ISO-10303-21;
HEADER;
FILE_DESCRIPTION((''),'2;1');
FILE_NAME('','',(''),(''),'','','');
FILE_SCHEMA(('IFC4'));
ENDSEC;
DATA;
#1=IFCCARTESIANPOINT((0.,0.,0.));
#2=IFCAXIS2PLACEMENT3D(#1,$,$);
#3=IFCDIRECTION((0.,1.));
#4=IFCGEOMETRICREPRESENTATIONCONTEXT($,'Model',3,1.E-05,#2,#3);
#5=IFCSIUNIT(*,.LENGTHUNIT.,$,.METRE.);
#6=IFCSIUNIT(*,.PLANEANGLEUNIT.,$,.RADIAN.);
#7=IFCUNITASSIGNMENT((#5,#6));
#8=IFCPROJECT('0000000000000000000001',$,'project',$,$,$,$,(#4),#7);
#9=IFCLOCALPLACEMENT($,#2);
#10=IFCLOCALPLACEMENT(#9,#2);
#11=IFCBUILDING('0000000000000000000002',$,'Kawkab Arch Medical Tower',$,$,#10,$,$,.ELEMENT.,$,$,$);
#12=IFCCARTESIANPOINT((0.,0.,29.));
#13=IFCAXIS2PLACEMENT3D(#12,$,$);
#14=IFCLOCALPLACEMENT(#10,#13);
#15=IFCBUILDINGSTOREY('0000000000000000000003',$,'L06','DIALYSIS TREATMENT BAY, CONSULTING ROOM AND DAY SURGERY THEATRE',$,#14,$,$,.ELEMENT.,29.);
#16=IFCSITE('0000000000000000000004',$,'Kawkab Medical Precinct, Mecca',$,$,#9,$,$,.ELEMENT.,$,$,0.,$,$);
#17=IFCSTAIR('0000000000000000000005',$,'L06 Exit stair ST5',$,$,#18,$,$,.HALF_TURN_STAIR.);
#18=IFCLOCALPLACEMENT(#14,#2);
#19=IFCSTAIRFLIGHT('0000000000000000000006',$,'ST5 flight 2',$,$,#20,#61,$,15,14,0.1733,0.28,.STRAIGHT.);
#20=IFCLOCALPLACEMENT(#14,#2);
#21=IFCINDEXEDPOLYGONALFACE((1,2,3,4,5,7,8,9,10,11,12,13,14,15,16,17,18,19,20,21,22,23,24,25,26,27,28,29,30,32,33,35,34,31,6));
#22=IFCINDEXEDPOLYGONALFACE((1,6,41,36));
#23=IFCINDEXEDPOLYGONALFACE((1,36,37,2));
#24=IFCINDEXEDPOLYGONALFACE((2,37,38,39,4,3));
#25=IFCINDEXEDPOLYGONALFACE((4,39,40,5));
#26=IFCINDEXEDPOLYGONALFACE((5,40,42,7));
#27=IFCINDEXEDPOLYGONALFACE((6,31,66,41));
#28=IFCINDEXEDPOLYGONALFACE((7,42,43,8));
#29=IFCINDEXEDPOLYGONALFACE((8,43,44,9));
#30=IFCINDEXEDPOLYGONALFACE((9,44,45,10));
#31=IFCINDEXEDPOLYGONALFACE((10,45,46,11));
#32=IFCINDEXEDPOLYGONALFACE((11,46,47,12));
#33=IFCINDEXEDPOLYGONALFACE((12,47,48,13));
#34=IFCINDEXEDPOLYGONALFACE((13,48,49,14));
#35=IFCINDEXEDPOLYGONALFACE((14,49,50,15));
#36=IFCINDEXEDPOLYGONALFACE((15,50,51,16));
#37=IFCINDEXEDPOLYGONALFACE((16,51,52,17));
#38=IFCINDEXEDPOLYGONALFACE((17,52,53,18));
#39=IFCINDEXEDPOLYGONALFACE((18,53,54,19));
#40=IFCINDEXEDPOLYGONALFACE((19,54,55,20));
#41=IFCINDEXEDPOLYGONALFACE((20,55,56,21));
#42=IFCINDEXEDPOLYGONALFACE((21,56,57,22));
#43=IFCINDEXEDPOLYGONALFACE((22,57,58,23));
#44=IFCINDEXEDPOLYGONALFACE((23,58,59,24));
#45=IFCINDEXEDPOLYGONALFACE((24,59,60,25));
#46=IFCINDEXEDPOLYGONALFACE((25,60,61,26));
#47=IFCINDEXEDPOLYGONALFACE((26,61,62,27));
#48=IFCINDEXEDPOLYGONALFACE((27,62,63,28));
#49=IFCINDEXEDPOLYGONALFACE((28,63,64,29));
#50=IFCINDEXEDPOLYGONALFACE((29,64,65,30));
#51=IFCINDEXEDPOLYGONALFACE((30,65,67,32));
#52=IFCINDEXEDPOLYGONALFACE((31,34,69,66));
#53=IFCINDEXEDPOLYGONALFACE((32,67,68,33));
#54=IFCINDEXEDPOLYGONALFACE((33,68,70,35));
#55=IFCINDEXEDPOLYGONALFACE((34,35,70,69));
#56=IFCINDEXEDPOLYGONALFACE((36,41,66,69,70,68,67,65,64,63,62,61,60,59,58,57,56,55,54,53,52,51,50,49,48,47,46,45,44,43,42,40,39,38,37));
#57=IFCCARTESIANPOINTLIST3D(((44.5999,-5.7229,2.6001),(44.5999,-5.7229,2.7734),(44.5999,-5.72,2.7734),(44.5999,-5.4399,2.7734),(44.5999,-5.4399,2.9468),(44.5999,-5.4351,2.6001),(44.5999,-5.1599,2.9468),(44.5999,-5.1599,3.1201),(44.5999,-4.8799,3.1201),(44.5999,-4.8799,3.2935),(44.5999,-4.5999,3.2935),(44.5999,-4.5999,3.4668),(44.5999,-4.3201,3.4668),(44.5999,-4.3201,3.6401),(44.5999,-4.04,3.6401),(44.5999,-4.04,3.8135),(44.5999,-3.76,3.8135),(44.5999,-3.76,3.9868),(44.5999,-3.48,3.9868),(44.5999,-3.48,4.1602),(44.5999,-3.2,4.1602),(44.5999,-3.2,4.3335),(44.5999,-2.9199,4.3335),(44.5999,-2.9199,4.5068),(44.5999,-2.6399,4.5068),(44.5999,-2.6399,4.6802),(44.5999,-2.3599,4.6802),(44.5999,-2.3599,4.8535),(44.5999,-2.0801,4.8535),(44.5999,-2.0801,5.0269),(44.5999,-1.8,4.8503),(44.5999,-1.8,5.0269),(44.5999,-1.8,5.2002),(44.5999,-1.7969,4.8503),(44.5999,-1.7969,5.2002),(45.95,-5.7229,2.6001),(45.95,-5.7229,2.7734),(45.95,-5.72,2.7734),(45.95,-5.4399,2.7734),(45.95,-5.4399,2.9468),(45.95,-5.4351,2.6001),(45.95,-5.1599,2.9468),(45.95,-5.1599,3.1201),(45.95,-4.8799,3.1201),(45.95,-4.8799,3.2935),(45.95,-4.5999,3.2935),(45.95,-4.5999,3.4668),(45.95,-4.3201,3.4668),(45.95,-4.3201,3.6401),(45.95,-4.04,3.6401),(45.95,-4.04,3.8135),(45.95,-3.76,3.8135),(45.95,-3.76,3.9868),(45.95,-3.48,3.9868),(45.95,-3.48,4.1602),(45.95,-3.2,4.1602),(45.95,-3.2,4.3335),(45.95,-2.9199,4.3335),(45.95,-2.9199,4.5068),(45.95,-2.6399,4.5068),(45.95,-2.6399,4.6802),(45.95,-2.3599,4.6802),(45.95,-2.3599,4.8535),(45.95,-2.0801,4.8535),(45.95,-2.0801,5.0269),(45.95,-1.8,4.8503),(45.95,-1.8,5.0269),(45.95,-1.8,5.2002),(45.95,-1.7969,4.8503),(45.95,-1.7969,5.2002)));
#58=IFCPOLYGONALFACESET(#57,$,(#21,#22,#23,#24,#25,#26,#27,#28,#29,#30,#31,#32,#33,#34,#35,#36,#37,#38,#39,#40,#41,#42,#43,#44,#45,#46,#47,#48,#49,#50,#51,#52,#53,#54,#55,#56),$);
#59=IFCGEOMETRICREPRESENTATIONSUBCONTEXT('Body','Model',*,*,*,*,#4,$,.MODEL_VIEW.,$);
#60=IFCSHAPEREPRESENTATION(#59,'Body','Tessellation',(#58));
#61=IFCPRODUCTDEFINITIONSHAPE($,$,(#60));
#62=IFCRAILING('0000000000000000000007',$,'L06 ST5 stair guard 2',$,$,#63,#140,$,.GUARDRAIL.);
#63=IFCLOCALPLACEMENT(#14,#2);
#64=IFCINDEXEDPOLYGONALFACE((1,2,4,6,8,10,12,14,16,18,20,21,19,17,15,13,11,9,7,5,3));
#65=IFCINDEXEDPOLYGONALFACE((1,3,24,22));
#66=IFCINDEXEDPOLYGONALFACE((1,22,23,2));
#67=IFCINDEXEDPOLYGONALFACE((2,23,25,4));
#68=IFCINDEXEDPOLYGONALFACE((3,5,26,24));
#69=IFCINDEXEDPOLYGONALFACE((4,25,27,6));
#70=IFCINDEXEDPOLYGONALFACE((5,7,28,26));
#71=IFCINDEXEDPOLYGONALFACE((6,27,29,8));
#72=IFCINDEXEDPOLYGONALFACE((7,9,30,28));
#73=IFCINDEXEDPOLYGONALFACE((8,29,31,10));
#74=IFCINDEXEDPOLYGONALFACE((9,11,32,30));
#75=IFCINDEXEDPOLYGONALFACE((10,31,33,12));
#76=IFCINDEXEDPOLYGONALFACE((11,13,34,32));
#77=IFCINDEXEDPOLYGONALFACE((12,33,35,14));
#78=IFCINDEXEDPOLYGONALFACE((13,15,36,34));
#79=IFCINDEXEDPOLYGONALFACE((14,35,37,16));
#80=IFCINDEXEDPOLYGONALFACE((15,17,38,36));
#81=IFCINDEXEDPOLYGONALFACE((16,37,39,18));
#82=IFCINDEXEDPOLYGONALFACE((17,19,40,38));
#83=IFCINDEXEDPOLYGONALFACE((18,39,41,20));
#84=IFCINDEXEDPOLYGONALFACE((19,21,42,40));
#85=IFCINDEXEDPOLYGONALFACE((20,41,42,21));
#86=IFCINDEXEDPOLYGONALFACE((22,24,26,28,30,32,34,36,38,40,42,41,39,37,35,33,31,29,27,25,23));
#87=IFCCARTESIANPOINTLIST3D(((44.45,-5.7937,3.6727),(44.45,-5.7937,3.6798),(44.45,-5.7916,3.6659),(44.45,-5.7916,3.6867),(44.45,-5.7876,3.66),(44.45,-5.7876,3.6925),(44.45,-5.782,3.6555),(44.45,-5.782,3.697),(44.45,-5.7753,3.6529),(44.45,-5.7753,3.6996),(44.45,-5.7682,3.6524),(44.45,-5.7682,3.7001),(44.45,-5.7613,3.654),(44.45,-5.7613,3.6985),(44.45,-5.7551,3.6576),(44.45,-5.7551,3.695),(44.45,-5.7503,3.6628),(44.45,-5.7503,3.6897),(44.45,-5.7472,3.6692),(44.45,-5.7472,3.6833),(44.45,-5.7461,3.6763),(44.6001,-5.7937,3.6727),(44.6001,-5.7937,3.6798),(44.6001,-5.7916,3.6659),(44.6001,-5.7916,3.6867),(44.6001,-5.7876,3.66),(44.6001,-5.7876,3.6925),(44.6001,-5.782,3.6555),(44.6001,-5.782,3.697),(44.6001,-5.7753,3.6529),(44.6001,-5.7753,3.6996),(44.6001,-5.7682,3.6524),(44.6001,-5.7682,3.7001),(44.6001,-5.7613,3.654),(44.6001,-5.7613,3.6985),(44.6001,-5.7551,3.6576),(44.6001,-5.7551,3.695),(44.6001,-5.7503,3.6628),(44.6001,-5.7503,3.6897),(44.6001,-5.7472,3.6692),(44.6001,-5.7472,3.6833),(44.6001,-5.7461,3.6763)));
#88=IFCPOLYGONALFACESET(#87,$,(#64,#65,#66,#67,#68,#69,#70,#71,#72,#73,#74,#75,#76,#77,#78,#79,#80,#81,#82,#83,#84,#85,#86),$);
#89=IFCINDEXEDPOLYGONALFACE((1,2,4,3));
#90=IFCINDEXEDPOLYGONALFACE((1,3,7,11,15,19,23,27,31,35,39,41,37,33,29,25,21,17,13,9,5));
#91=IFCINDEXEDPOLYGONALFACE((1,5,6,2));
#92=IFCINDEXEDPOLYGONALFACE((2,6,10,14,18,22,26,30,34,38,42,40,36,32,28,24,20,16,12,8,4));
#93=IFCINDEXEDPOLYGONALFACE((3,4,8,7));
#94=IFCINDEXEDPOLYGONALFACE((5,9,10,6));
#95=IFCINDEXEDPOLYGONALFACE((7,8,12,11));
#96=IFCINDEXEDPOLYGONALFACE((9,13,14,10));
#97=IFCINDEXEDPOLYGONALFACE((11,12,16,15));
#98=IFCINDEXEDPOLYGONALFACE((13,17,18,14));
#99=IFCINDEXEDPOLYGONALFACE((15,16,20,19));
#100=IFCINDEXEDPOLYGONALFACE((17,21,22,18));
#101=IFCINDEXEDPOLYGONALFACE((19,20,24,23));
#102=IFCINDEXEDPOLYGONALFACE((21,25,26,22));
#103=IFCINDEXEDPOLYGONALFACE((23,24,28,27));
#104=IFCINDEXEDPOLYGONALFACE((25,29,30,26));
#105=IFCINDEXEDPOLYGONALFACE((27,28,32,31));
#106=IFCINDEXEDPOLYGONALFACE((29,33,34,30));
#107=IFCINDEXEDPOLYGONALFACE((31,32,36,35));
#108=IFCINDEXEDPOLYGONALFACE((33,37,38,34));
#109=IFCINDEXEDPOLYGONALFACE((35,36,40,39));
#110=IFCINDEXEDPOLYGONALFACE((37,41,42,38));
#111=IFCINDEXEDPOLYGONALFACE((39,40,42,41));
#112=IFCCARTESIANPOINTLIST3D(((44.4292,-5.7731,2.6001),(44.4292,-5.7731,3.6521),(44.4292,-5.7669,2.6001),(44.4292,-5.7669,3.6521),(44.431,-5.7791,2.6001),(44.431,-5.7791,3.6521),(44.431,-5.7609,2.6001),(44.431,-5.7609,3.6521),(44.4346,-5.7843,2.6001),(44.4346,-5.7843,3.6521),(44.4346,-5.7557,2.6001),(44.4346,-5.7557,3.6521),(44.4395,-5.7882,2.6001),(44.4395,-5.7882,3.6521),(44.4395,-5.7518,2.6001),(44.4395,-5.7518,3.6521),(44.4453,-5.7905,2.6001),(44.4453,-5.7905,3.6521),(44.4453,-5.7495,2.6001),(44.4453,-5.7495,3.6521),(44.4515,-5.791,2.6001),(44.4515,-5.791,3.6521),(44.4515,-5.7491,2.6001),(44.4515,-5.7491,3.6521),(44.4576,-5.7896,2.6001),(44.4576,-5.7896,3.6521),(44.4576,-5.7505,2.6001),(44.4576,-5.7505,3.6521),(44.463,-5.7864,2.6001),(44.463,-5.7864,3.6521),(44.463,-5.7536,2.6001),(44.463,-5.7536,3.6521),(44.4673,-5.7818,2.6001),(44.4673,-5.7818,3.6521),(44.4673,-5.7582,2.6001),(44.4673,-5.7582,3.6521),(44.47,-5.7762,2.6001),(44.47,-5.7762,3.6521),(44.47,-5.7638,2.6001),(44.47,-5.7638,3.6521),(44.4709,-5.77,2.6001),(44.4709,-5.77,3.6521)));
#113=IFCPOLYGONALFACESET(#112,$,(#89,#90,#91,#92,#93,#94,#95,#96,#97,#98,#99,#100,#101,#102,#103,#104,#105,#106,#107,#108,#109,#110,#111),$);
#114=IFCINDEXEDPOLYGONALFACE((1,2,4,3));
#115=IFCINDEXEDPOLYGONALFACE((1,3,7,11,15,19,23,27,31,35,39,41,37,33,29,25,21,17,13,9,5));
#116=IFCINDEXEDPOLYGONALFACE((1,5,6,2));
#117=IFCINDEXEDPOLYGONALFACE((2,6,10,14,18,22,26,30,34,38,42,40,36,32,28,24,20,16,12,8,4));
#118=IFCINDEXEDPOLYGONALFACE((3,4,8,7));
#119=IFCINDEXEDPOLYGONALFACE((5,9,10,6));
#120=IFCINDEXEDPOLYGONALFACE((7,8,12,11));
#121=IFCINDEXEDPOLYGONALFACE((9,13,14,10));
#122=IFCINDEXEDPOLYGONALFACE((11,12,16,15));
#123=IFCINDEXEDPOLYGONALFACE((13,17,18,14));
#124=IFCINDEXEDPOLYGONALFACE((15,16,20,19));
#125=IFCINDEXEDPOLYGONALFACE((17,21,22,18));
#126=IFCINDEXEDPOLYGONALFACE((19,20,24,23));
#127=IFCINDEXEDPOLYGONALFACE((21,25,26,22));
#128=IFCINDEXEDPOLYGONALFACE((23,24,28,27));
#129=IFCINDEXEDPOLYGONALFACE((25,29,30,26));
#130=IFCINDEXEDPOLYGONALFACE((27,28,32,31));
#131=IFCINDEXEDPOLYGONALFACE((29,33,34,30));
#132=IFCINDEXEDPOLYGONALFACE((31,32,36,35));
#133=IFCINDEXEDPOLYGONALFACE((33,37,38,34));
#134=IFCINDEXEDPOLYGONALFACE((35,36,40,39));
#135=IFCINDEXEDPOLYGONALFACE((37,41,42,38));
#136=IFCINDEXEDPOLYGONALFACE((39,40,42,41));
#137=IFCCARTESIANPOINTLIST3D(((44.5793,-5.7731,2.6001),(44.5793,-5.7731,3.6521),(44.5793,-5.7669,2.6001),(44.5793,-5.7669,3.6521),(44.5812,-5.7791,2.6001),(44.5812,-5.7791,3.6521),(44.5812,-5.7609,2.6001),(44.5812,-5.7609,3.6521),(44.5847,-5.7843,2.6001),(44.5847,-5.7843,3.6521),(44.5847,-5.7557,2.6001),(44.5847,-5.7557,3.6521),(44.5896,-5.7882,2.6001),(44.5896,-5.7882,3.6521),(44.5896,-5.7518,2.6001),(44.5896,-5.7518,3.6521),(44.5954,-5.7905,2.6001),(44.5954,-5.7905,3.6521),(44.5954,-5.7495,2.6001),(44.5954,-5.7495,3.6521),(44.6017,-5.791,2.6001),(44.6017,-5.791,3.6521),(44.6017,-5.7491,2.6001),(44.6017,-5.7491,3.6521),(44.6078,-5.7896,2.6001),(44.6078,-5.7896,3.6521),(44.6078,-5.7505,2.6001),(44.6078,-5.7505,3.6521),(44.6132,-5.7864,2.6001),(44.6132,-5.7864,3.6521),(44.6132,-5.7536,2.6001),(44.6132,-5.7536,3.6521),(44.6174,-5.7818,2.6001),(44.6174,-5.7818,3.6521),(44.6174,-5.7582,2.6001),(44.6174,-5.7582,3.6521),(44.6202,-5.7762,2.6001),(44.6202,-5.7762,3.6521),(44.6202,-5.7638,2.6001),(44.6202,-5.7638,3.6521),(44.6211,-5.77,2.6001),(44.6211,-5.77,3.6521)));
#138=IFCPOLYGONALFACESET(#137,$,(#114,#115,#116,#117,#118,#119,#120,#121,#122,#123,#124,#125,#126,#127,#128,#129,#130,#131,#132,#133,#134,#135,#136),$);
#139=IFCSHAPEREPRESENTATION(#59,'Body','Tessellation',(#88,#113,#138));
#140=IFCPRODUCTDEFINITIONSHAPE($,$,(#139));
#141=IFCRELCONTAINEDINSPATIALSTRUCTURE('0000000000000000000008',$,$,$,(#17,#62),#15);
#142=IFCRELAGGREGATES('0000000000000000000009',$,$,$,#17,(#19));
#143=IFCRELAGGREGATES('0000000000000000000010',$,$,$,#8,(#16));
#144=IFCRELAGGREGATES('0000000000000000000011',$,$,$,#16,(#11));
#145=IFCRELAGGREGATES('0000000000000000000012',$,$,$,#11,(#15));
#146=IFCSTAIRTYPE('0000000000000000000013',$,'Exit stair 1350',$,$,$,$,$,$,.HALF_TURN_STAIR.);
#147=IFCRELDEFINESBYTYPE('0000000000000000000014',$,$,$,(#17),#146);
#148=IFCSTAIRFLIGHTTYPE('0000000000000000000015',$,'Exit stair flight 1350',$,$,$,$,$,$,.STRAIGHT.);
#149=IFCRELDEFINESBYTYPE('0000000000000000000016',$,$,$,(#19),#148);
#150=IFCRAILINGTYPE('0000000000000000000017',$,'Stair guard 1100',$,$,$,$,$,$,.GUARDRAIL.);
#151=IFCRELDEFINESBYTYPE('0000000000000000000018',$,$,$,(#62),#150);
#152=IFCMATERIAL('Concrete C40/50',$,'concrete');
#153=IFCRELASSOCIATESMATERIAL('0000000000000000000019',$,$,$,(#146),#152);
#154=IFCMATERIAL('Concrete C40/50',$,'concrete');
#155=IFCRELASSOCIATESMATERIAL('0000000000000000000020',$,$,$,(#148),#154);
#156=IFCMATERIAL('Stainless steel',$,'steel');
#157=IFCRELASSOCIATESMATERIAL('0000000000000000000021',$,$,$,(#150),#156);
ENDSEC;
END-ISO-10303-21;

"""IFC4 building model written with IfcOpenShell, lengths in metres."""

from ifc_helpers import new_model, si_unit, direction, frame, origin, origin_2d, place, context, subcontext, project, spatial, polyline, circle, outline, extrude, material, type_object, element, aggregate, save


model = new_model("IFC4")

# Units and contexts
model_context = context("Model", 3, precision=1e-05, world=origin(), true_north=direction((0.0, 1.0)))
body_context = subcontext(model_context, "Body", "Model", "MODEL_VIEW")
ifc_project = project(units=[si_unit("LENGTHUNIT", "METRE"), si_unit("PLANEANGLEUNIT", "RADIAN")], contexts=[model_context])

# Site, building, storey
site_placement = place(None, origin())
site = spatial("IfcSite", under=ifc_project, at=site_placement, Name="Kawkab Medical Precinct, Mecca", CompositionType="ELEMENT", RefElevation=0.0)
building_placement = place(site_placement, origin())
building = spatial("IfcBuilding", under=site, at=building_placement, Name="Kawkab Arch Medical Tower", CompositionType="ELEMENT")
storey_placement = place(building_placement, frame((0.0, 0.0, 29.0)))
storey = spatial("IfcBuildingStorey", under=building, at=storey_placement, Name="L06", Description="DIALYSIS TREATMENT BAY, CONSULTING ROOM AND DAY SURGERY THEATRE", CompositionType="ELEMENT", Elevation=29.0)

# Stair, stair flight
ifc_material_1 = material(Name="Concrete C40/50", Category="concrete")
stair_type = type_object("IfcStairType", Name="Exit stair 1350", PredefinedType="HALF_TURN_STAIR", material=ifc_material_1)
stair_placement = place(storey_placement, origin())
stair = element("IfcStair", 1, at=stair_placement, inside=storey, type_object=stair_type, Name="L06 Exit stair ST5", PredefinedType="HALF_TURN_STAIR")
ifc_material_2 = material(Name="Concrete C40/50", Category="concrete")
stair_flight_type = type_object("IfcStairFlightType", Name="Exit stair flight 1350", PredefinedType="STRAIGHT", material=ifc_material_2)
stair_flight_placement = place(storey_placement, frame((45.2749, -5.72, 2.6001), z_axis=(0.0, 0.0, 1.0), x_axis=(0.0, 1.0, 0.0)))
stair_flight = element("IfcStairFlight", 2, at=stair_flight_placement, type_object=stair_flight_type, Name="ST5 flight 2", NumberOfRisers=15, NumberOfTreads=14, PredefinedType="STRAIGHT", RiserHeight=0.1733, TreadLength=0.28, context=body_context, shape_type="SweptSolid", body=[
    extrude(outline(polyline([(-0.0029, 0.0), (-0.0029, 0.1733), (0.0, 0.1733), (0.28, 0.1733), (0.28, 0.3467), (0.5601, 0.3467), (0.5601, 0.52), (0.8401, 0.52), (0.8401, 0.6934), (1.1201, 0.6934), (1.1201, 0.8667), (1.3999, 0.8667), (1.3999, 1.04), (1.6799, 1.04), (1.6799, 1.2134), (1.96, 1.2134), (1.96, 1.3867), (2.24, 1.3867), (2.24, 1.5601), (2.52, 1.5601), (2.52, 1.7334), (2.8, 1.7334), (2.8, 1.9067), (3.0801, 1.9067), (3.0801, 2.0801), (3.3601, 2.0801), (3.3601, 2.2534), (3.6399, 2.2534), (3.6399, 2.4268), (3.9199, 2.4268), (3.9199, 2.6001), (3.9231, 2.6001), (3.9231, 2.2502), (3.9199, 2.2502), (0.2849, 0.0), (-0.0029, 0.0)])), frame((0.0, 0.675, 0.0), z_axis=(0.0, -1.0, 0.0), x_axis=(1.0, 0.0, 0.0)), (0.0, 0.0, 1.0), 1.3501),
])
aggregate(stair, [stair_flight])

# Railing
ifc_material_3 = material(Name="Stainless steel", Category="steel")
railing_type = type_object("IfcRailingType", Name="Stair guard 1100", PredefinedType="GUARDRAIL", material=ifc_material_3)
railing_1_placement = place(storey_placement, frame((44.45, -5.77, 2.6001)))
element("IfcRailing", 3, at=railing_1_placement, inside=storey, type_object=railing_type, Name="L06 ST5 stair guard 2", PredefinedType="GUARDRAIL", context=body_context, shape_type="SweptSolid", body=[
    extrude(circle(Radius=0.0239, at=origin_2d()), frame((0.0, 0.0, 1.0762), z_axis=(1.0, 0.0, 0.0), x_axis=(0.0, 1.0, 0.0)), (0.0, 0.0, 1.0), 0.1501),
    extrude(circle(Radius=0.021, at=origin_2d()), origin(), (0.0, 0.0, 1.0), 1.052),
    extrude(circle(Radius=0.021, at=origin_2d()), frame((0.1501, 0.0, 0.0)), (0.0, 0.0, 1.0), 1.052),
])

save(model, "model.ifc")
